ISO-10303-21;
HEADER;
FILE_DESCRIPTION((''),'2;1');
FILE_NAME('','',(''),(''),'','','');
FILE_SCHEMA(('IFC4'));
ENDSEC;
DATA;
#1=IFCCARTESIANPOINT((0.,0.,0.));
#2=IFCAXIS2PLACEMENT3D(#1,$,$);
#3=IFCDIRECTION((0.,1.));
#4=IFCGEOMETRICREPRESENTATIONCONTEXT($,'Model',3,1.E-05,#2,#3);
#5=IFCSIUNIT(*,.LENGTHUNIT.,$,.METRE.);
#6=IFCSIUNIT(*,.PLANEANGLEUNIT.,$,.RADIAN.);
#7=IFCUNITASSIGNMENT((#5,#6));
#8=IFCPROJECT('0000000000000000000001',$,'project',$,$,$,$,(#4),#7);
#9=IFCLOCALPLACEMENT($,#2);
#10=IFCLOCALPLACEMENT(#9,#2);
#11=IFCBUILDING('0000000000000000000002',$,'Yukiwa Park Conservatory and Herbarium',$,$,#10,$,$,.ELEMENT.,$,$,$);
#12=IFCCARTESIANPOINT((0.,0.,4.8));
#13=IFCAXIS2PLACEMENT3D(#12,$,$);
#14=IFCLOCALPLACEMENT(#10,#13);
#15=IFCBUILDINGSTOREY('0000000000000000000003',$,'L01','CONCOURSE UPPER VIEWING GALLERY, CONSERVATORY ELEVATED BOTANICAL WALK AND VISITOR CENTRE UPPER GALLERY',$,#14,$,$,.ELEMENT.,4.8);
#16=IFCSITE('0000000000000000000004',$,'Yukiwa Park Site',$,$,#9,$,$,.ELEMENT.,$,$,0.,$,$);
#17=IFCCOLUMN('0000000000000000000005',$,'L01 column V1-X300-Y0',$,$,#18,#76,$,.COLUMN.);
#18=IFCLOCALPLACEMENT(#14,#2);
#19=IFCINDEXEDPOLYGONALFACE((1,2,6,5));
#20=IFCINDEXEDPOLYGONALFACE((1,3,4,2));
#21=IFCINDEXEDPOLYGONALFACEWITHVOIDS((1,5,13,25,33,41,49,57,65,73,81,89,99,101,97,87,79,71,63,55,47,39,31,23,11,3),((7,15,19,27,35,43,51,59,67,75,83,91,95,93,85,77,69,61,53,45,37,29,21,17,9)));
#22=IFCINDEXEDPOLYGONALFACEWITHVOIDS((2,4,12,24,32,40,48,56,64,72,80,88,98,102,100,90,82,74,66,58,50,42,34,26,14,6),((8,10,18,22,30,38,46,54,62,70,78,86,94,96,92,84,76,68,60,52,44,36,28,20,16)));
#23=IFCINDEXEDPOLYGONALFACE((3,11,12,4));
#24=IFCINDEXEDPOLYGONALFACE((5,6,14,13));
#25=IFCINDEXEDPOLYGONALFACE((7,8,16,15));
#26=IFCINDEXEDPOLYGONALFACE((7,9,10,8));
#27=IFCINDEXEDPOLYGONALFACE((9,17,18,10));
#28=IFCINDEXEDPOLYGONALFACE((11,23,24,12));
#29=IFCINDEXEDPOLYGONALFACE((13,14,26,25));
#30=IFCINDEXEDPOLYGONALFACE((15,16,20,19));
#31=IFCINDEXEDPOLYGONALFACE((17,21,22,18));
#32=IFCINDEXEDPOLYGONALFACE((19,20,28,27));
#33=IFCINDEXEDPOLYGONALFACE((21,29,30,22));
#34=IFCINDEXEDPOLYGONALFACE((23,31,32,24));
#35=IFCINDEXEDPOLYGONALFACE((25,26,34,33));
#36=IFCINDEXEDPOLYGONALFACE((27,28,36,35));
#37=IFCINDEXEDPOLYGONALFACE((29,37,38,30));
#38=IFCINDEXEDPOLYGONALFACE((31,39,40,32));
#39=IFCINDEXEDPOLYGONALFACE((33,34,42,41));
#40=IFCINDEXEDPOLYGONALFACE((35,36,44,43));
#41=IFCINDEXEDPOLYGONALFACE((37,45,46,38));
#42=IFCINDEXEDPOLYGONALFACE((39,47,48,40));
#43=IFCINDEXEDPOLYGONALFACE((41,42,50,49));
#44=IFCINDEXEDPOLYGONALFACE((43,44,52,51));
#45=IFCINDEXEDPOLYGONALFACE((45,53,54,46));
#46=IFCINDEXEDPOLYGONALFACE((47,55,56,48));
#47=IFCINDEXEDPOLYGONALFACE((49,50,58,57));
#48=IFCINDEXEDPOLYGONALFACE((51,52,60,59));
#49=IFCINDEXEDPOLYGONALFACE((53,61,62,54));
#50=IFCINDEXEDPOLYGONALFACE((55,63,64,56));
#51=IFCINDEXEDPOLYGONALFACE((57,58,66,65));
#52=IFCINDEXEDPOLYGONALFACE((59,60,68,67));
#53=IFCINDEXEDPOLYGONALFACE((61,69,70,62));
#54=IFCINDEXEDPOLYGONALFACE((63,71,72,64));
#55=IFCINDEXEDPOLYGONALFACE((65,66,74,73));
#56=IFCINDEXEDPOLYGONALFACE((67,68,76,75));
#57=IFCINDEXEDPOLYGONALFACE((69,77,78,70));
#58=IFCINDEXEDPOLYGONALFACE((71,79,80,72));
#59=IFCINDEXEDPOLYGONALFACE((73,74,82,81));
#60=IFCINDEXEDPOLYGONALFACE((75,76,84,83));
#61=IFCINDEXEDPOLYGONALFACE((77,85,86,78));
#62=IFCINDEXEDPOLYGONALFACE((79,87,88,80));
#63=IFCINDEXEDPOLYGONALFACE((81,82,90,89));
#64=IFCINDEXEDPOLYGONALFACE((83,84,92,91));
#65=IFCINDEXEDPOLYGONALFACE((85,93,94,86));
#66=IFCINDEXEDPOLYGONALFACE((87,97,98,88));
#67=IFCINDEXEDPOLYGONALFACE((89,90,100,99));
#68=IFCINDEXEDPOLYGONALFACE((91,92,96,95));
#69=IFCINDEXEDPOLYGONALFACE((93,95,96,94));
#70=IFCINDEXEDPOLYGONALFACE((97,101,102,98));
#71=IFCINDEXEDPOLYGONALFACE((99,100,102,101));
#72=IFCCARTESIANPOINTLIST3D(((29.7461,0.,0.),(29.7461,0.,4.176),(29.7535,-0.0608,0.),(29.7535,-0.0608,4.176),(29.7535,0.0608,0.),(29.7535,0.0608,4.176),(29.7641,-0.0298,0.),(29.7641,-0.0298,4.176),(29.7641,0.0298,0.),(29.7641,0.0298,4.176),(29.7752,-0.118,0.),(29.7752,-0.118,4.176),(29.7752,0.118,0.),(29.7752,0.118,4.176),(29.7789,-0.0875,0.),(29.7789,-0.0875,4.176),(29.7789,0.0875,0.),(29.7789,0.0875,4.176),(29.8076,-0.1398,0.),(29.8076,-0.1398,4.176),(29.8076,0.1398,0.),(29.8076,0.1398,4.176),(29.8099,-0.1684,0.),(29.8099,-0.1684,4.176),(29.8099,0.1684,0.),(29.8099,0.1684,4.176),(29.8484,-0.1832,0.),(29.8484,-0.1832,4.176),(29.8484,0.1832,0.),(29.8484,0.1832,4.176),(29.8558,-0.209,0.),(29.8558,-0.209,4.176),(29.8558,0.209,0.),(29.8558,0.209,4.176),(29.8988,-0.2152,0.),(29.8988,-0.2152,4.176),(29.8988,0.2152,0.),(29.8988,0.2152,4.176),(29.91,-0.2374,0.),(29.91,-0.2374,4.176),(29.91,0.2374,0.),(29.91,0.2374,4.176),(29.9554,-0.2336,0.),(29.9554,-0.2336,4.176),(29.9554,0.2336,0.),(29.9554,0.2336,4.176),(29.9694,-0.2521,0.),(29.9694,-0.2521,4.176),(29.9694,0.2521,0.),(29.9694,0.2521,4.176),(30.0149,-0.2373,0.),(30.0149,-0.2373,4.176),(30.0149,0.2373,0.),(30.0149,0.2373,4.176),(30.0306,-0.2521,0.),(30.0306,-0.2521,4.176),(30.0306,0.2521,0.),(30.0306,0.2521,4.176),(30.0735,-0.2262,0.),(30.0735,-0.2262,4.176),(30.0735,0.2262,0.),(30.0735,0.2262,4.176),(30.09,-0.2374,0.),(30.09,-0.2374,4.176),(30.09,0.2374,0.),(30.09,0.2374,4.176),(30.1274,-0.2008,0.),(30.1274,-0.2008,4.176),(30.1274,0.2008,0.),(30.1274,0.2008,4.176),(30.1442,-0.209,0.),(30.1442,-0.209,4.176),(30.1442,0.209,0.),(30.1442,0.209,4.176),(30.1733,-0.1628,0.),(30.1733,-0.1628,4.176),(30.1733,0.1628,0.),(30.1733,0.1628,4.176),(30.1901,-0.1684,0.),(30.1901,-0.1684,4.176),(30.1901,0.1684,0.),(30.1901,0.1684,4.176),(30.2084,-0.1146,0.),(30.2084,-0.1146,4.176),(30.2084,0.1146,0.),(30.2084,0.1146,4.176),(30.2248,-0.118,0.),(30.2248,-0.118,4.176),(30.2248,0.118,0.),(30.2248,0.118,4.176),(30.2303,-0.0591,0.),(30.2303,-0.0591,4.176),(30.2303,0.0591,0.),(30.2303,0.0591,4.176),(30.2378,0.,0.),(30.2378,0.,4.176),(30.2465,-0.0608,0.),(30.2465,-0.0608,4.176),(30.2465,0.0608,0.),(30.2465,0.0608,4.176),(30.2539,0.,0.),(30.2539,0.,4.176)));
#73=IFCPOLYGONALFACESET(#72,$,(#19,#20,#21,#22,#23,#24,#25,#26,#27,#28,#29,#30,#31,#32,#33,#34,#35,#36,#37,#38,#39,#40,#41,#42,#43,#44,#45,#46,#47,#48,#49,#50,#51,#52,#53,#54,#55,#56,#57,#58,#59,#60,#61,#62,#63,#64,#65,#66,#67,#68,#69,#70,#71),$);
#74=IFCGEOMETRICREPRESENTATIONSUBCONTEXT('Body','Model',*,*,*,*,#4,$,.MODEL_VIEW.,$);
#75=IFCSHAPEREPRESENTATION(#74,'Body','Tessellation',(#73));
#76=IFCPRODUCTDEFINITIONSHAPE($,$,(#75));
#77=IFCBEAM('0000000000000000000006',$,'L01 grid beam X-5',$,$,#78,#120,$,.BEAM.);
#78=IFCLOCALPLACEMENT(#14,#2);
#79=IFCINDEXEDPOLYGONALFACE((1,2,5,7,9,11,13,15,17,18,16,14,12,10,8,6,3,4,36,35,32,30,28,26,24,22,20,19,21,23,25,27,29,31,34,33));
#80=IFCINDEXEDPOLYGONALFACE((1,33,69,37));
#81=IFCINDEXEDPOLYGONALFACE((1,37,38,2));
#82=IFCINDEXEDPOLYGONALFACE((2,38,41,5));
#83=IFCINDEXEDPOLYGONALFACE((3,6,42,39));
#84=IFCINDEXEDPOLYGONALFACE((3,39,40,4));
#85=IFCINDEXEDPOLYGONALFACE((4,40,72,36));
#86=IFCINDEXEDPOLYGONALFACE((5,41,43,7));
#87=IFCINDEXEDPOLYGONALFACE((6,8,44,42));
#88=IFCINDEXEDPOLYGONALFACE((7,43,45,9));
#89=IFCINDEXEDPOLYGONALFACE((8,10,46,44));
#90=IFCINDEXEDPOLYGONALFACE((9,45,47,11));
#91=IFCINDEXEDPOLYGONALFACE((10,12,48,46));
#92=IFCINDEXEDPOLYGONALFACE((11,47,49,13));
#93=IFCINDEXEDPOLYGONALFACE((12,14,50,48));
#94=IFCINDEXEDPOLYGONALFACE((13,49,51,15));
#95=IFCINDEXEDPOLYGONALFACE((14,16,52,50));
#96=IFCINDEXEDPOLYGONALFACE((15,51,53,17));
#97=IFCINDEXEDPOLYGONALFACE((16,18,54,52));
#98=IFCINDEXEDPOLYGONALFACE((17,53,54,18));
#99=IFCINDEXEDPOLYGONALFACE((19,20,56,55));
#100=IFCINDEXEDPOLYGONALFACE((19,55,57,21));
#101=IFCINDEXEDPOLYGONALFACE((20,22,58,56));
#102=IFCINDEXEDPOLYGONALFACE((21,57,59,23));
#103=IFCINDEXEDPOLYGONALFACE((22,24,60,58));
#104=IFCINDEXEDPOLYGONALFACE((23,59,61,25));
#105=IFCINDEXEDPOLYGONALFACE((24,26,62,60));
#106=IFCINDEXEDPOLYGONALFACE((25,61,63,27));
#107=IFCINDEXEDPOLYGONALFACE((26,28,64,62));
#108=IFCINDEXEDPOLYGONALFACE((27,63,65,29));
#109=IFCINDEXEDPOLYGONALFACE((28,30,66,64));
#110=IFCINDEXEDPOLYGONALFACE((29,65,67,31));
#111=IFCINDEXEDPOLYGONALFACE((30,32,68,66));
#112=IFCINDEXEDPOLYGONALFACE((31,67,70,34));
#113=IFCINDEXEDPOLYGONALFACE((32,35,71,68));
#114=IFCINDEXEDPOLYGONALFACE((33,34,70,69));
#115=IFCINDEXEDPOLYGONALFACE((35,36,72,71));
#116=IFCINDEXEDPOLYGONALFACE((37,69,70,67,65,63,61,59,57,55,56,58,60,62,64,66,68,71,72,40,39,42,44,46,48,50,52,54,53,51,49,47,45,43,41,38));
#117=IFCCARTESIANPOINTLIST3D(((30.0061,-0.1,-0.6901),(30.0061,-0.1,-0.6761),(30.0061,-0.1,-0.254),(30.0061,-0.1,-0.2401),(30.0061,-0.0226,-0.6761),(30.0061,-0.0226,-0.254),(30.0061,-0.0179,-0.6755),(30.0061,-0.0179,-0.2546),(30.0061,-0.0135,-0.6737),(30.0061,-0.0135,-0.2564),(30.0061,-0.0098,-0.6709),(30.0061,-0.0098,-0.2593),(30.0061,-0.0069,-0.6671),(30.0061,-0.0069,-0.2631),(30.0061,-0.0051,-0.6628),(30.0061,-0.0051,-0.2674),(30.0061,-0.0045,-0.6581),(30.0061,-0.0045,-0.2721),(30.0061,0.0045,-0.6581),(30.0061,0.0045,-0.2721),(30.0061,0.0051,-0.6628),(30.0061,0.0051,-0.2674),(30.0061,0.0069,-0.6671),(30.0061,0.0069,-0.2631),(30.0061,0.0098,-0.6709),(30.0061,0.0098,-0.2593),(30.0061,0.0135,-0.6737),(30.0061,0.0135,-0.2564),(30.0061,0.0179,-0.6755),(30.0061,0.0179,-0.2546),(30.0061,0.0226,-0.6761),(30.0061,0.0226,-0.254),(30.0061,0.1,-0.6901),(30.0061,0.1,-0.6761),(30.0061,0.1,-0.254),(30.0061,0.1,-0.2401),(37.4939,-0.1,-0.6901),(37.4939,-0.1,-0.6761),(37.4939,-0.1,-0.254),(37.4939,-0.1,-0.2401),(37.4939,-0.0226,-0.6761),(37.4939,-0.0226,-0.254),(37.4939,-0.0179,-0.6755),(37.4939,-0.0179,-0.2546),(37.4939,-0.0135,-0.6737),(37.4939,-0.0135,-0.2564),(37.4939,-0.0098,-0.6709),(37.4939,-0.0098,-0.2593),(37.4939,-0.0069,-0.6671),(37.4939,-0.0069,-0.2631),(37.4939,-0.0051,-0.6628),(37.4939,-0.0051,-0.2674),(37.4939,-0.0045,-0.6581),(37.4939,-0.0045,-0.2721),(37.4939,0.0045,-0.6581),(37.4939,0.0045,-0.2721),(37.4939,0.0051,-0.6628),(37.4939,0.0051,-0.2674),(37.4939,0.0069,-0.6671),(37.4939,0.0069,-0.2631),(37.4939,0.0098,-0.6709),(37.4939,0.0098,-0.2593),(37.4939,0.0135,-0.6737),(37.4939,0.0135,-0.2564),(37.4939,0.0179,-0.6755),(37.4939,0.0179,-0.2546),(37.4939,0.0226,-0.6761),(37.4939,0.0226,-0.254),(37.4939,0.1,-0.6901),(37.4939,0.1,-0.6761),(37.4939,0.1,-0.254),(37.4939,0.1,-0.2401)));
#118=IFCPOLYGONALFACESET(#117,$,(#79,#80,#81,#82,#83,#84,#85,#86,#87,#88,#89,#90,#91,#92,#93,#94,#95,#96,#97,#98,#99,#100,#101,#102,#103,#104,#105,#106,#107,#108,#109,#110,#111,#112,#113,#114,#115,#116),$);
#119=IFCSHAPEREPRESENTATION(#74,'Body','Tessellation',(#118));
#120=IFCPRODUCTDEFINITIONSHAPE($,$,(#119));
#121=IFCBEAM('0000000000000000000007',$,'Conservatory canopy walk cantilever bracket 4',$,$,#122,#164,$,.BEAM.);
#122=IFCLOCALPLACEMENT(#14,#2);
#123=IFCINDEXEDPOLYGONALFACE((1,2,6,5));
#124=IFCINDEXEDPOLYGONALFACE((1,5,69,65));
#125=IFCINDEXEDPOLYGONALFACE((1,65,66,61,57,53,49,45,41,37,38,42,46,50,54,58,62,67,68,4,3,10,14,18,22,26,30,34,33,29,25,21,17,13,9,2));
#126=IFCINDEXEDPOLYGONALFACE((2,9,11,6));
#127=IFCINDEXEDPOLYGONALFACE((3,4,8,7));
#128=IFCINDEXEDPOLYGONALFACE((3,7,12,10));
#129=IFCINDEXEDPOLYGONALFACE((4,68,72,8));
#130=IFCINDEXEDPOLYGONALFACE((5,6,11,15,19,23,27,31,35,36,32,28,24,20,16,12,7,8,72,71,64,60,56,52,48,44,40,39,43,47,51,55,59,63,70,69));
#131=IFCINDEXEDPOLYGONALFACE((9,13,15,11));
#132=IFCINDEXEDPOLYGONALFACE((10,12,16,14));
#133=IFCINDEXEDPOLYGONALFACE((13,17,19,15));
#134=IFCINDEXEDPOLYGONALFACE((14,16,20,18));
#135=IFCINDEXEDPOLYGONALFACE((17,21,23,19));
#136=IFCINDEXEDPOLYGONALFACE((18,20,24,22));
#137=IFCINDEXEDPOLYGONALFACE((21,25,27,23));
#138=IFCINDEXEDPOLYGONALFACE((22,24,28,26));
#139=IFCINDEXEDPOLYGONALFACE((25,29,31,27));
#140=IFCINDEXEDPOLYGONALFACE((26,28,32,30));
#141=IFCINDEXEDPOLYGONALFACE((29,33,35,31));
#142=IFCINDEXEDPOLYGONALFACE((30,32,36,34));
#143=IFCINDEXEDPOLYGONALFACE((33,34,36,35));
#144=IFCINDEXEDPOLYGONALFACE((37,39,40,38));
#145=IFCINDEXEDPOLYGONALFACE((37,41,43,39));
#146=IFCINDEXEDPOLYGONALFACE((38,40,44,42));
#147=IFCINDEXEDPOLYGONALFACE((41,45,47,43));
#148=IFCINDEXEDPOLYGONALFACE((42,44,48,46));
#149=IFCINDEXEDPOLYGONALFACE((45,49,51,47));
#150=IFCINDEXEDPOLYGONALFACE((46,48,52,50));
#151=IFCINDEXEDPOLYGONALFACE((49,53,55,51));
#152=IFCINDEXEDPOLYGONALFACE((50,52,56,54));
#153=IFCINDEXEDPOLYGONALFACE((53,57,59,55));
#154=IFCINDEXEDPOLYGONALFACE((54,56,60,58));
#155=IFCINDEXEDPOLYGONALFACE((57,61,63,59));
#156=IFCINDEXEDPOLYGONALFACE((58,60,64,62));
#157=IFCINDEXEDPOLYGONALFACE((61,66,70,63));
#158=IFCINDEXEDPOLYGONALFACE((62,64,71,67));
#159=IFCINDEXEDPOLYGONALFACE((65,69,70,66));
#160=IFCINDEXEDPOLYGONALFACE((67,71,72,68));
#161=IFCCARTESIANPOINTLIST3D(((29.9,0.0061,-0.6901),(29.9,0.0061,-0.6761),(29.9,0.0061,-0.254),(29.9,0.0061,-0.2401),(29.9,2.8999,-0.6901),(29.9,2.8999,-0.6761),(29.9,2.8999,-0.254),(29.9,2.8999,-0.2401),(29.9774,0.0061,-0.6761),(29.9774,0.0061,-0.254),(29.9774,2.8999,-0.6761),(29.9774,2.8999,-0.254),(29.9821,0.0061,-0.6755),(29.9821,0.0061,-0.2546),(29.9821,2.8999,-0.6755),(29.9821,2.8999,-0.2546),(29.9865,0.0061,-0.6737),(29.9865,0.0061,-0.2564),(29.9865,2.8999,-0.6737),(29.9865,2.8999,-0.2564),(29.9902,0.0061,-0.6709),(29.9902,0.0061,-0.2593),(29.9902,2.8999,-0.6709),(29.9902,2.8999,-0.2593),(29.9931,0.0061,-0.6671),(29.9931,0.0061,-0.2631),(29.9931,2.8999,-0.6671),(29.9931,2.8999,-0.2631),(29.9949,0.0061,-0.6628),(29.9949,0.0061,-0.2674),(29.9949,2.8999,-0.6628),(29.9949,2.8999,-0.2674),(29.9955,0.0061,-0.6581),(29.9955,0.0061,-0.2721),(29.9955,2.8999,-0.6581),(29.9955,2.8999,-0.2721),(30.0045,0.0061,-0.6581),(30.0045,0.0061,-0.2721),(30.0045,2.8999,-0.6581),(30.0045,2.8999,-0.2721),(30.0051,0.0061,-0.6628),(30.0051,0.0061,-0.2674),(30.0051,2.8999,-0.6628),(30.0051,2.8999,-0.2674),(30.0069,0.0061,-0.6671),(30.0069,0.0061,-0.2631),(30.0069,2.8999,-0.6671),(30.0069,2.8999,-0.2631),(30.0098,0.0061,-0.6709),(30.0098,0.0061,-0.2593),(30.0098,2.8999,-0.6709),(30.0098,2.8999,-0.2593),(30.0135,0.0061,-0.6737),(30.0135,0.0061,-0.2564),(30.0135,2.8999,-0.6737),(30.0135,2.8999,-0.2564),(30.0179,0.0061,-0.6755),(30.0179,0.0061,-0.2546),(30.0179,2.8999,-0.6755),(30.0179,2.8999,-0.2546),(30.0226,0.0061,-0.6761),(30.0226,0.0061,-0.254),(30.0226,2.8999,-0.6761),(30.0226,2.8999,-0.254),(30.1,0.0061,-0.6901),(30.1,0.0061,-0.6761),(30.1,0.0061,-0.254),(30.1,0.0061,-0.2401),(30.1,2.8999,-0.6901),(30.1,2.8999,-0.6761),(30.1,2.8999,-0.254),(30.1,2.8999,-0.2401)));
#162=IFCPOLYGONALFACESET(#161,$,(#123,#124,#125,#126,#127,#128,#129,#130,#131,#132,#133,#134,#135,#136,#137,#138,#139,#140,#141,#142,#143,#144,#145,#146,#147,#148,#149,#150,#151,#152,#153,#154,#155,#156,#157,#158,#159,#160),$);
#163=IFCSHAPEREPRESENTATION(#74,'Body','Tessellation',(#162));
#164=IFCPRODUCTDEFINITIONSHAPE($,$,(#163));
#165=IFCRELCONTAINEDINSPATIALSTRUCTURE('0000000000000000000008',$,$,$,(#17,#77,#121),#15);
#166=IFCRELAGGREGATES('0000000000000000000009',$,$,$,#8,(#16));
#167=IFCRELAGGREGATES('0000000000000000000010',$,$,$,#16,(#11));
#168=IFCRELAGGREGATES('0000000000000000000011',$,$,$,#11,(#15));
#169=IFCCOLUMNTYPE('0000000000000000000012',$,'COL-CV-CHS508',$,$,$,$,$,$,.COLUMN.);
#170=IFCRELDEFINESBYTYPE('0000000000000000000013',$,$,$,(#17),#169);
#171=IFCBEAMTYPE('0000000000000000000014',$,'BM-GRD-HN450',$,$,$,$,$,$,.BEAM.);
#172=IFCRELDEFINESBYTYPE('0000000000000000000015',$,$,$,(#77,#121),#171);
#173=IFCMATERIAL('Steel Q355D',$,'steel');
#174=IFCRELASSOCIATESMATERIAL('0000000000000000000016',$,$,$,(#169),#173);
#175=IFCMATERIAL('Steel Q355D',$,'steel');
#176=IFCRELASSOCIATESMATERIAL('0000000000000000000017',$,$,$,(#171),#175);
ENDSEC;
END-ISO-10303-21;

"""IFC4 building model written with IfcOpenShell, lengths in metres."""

from ifc_helpers import new_model, si_unit, direction, frame, origin, origin_2d, place, context, subcontext, project, spatial, hollow_circle, i_section, extrude, material, material_profile, profile_set, type_object, element, save


model = new_model("IFC4")

# Units and contexts
model_context = context("Model", 3, precision=1e-05, world=origin(), true_north=direction((0.0, 1.0)))
body_context = subcontext(model_context, "Body", "Model", "MODEL_VIEW")
ifc_project = project(units=[si_unit("LENGTHUNIT", "METRE"), si_unit("PLANEANGLEUNIT", "RADIAN")], contexts=[model_context])

# Site, building, storey
site_placement = place(None, origin())
site = spatial("IfcSite", under=ifc_project, at=site_placement, Name="Yukiwa Park Site", CompositionType="ELEMENT", RefElevation=0.0)
building_placement = place(site_placement, origin())
building = spatial("IfcBuilding", under=site, at=building_placement, Name="Yukiwa Park Conservatory and Herbarium", CompositionType="ELEMENT")
storey_placement = place(building_placement, frame((0.0, 0.0, 4.8)))
storey = spatial("IfcBuildingStorey", under=building, at=storey_placement, Name="L01", Description="CONCOURSE UPPER VIEWING GALLERY, CONSERVATORY ELEVATED BOTANICAL WALK AND VISITOR CENTRE UPPER GALLERY", CompositionType="ELEMENT", Elevation=4.8)

# Column
ifc_material_1 = material(Name="Steel Q355D", Category="steel")
ifc_material_profile_1 = material_profile(ifc_material_1, hollow_circle(Radius=0.2539, WallThickness=0.0161, at=origin_2d()), Name="CHS 508x16")
ifc_profile_set_1 = profile_set([ifc_material_profile_1], Name="Steel Q355D")
column_type = type_object("IfcColumnType", Name="COL-CV-CHS508", PredefinedType="COLUMN", material=ifc_profile_set_1)
column_placement = place(storey_placement, frame((30.0, 0.0, 0.0), z_axis=(0.0, 0.0, 1.0), x_axis=(1.0, 0.0, 0.0)))
element("IfcColumn", 1, at=column_placement, inside=storey, type_object=column_type, Name="L01 column V1-X300-Y0", PredefinedType="COLUMN", context=body_context, shape_type="SweptSolid", body=[
    extrude(hollow_circle(Radius=0.2539, WallThickness=0.0161, at=origin_2d()), origin(), (0.0, 0.0, 1.0), 4.176),
])

# Beams
ifc_material_2 = material(Name="Steel Q355D", Category="steel")
ifc_material_profile_2 = material_profile(ifc_material_2, i_section(OverallWidth=0.2, OverallDepth=0.45, WebThickness=0.009, FlangeThickness=0.0139, FilletRadius=0.0181, at=origin_2d()), Name="HN 450x200x9x14")
ifc_profile_set_2 = profile_set([ifc_material_profile_2], Name="Steel Q355D")
beam_type = type_object("IfcBeamType", Name="BM-GRD-HN450", PredefinedType="BEAM", material=ifc_profile_set_2)
beam_1_placement = place(storey_placement, frame((30.0061, 0.0, -0.4651), z_axis=(1.0, 0.0, 0.0), x_axis=(0.0, 1.0, 0.0)))
element("IfcBeam", 2, at=beam_1_placement, inside=storey, type_object=beam_type, Name="L01 grid beam X-5", PredefinedType="BEAM", context=body_context, shape_type="SweptSolid", body=[
    extrude(i_section(OverallWidth=0.2, OverallDepth=0.45, WebThickness=0.009, FlangeThickness=0.0139, FilletRadius=0.0181, at=origin_2d()), origin(), (0.0, 0.0, 1.0), 7.4878),
])
beam_2_placement = place(storey_placement, frame((30.0, 0.0061, -0.4651), z_axis=(0.0, 1.0, 0.0), x_axis=(-1.0, 0.0, 0.0)))
element("IfcBeam", 3, at=beam_2_placement, inside=storey, type_object=beam_type, Name="Conservatory canopy walk cantilever bracket 4", PredefinedType="BEAM", context=body_context, shape_type="SweptSolid", body=[
    extrude(i_section(OverallWidth=0.2, OverallDepth=0.45, WebThickness=0.009, FlangeThickness=0.0139, FilletRadius=0.0181, at=origin_2d()), origin(), (0.0, 0.0, 1.0), 2.8938),
])

save(model, "model.ifc")
